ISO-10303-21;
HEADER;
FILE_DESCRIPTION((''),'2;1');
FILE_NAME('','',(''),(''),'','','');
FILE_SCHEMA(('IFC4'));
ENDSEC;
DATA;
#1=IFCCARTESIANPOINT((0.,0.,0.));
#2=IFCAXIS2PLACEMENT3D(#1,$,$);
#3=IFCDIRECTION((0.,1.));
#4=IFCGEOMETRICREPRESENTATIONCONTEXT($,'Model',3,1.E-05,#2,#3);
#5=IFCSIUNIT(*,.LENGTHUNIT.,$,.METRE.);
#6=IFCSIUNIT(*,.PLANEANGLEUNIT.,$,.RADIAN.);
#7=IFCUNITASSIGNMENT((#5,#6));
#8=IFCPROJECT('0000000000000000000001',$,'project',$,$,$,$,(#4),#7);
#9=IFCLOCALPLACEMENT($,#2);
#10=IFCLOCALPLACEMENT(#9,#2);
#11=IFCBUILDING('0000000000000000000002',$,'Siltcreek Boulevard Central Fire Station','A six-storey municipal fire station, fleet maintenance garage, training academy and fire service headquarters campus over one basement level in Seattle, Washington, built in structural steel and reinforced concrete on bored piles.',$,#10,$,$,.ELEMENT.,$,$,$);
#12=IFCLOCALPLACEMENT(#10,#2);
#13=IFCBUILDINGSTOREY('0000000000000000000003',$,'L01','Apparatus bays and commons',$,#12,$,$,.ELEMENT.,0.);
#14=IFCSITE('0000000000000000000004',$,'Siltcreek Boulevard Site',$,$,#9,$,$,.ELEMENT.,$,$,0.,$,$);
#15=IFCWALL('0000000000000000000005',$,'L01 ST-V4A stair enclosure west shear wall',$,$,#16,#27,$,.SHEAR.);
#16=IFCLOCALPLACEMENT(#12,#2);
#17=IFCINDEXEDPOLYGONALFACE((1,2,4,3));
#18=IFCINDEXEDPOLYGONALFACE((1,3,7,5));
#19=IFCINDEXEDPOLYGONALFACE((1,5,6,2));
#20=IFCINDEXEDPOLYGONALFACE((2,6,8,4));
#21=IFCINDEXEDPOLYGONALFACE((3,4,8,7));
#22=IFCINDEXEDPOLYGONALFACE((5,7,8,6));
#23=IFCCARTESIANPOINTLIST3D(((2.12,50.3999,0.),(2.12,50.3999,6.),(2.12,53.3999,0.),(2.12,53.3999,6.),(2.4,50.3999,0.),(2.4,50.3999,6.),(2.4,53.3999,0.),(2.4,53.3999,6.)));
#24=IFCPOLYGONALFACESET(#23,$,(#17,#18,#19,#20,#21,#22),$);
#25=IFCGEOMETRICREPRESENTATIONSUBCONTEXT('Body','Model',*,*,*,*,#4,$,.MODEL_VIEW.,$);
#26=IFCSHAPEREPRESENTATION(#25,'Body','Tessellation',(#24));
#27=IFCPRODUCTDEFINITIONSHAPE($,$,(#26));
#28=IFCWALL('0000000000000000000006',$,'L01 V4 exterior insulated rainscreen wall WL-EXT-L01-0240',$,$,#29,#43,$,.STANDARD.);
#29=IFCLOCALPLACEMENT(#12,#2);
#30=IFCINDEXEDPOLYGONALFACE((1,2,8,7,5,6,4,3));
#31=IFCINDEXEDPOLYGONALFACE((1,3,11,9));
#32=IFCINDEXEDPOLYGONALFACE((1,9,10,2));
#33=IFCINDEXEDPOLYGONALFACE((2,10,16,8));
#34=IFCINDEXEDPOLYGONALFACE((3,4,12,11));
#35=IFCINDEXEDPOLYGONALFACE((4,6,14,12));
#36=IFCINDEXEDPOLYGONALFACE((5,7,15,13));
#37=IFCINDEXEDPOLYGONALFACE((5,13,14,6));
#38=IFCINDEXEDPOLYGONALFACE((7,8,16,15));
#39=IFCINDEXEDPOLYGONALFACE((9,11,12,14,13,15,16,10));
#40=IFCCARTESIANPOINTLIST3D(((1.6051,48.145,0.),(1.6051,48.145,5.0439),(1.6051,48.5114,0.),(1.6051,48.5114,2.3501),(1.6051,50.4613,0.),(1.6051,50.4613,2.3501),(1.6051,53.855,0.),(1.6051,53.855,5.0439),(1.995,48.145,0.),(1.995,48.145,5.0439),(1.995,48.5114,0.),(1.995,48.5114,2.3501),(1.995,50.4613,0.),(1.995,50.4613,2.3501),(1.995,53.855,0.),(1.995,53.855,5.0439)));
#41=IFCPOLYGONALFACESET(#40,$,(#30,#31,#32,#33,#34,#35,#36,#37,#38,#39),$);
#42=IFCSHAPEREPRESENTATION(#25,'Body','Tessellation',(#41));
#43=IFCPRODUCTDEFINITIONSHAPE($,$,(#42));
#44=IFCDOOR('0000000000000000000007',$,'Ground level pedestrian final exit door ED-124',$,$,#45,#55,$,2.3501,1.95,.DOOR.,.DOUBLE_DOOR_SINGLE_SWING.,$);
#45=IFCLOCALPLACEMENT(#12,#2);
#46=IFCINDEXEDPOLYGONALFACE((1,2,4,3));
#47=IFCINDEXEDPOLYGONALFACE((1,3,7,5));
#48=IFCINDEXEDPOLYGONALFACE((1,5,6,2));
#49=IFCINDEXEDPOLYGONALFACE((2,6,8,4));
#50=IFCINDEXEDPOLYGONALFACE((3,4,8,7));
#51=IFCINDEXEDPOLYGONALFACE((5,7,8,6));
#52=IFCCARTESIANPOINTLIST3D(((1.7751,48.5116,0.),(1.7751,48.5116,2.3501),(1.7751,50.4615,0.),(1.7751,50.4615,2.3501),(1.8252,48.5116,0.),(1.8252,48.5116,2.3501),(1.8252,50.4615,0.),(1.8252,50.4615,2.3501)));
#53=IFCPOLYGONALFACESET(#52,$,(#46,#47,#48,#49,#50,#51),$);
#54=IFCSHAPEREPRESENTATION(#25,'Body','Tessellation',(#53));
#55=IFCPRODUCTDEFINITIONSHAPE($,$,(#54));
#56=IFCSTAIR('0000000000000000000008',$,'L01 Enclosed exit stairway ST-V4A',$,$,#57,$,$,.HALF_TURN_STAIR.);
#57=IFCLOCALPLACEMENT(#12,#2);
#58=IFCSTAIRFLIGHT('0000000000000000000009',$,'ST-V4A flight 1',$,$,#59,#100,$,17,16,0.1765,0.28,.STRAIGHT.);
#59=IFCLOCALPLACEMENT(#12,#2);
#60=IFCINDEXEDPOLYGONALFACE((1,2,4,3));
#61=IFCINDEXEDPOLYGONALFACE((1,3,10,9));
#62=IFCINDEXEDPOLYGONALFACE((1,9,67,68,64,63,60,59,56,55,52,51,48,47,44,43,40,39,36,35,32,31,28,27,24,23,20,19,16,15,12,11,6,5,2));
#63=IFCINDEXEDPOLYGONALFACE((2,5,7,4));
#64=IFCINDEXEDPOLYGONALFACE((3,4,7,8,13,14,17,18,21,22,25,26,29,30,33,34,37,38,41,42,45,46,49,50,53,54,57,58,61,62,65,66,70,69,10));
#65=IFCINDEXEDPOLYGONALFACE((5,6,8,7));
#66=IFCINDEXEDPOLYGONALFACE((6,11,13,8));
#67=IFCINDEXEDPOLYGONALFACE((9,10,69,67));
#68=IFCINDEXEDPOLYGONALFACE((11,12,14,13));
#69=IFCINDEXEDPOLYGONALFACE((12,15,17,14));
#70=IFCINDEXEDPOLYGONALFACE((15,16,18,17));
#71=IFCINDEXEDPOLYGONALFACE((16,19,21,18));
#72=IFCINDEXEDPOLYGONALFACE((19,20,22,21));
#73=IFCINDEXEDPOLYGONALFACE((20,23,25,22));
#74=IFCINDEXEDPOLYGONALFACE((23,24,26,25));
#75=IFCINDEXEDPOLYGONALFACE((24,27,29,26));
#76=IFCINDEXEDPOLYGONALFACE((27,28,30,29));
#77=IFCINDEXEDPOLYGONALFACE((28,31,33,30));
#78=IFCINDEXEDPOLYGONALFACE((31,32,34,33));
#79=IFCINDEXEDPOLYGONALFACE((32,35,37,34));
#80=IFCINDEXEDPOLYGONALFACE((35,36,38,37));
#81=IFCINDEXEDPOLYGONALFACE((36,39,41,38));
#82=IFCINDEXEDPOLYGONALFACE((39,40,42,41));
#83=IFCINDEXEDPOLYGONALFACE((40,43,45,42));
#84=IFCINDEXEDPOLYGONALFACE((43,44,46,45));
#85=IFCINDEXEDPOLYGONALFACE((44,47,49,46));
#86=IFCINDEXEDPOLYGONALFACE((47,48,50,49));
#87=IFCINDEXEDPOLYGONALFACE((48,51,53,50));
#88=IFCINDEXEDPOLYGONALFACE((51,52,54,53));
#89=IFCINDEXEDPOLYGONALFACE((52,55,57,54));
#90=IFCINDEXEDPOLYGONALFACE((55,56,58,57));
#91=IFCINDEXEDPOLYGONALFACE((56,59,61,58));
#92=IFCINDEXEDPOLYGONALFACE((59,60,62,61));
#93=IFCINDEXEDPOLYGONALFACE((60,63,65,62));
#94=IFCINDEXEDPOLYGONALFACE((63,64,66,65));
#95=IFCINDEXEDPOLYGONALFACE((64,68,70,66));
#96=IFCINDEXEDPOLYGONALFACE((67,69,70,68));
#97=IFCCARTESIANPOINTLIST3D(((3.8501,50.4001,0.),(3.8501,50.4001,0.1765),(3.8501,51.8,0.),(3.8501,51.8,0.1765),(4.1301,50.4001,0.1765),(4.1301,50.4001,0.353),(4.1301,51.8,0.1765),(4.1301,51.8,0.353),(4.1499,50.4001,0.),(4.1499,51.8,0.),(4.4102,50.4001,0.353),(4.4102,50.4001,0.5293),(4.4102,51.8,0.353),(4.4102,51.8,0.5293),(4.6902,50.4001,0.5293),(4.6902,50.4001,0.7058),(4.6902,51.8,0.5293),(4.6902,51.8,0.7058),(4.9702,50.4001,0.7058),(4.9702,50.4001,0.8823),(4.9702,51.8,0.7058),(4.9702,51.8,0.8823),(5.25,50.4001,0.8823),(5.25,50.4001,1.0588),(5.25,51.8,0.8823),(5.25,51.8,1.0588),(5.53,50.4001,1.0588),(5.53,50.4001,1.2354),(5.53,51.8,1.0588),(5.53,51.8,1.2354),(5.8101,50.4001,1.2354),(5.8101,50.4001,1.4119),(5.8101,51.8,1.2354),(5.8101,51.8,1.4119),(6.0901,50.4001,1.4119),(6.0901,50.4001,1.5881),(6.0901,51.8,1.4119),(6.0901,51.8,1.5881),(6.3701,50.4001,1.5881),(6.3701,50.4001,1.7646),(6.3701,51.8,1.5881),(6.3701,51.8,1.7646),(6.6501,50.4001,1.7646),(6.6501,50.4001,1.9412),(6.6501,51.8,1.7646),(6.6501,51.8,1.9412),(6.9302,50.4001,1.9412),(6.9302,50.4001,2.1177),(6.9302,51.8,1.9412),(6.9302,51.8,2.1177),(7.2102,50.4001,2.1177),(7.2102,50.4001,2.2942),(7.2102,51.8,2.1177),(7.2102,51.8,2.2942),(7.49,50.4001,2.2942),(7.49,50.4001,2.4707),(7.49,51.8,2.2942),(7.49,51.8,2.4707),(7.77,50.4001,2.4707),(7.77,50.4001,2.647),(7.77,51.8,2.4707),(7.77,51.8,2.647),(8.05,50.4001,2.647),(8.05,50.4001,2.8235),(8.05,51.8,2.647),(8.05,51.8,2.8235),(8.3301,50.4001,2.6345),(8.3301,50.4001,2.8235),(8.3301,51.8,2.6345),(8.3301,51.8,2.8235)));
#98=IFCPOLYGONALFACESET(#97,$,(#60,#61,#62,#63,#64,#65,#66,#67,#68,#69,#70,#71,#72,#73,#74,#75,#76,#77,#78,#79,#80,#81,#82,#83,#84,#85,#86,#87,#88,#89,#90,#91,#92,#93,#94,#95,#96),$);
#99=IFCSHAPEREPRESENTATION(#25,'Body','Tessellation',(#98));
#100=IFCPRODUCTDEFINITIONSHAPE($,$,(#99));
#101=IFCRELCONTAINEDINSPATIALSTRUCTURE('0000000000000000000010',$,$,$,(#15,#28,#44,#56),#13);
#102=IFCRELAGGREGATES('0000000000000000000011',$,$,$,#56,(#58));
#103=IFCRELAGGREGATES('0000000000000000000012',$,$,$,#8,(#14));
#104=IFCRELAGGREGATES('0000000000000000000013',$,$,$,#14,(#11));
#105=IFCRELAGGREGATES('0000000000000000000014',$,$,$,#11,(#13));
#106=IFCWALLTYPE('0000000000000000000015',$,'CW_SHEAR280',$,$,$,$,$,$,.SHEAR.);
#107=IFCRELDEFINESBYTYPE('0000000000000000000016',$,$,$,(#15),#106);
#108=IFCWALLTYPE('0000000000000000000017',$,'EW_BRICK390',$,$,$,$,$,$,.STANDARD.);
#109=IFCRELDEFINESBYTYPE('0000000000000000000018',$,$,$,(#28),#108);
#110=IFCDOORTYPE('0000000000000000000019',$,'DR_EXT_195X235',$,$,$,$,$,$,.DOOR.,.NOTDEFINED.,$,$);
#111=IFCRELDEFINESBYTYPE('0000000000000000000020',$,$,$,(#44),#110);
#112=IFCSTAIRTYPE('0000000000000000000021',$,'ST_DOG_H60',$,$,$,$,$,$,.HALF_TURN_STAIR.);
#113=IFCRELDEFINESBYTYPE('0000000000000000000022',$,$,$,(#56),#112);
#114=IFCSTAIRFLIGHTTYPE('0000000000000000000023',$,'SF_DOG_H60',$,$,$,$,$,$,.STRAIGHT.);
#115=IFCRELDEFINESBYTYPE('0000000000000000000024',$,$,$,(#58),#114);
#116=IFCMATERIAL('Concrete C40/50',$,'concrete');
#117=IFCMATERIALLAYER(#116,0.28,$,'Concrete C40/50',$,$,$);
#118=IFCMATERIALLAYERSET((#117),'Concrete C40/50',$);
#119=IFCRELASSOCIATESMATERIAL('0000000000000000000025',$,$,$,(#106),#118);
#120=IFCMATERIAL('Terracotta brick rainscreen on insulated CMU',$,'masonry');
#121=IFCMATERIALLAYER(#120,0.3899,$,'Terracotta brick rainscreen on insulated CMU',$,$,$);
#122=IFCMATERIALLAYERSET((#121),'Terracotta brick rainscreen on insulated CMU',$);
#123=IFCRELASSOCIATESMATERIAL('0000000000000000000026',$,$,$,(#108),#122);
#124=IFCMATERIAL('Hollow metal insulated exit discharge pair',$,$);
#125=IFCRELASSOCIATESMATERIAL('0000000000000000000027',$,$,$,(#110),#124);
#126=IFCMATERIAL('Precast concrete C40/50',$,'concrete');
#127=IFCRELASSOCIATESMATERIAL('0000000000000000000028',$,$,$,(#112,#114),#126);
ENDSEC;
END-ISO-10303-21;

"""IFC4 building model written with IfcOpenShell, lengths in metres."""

from ifc_helpers import new_model, si_unit, direction, frame, frame_2d, origin, place, context, subcontext, project, spatial, polyline, rectangle, outline, extrude, material, layer, layer_set, type_object, element, fill, aggregate, save


model = new_model("IFC4")

# Units and contexts
model_context = context("Model", 3, precision=1e-05, world=origin(), true_north=direction((0.0, 1.0)))
body_context = subcontext(model_context, "Body", "Model", "MODEL_VIEW")
ifc_project = project(units=[si_unit("LENGTHUNIT", "METRE"), si_unit("PLANEANGLEUNIT", "RADIAN")], contexts=[model_context])

# Site, building, storey
site_placement = place(None, origin())
site = spatial("IfcSite", under=ifc_project, at=site_placement, Name="Siltcreek Boulevard Site", CompositionType="ELEMENT", RefElevation=0.0)
building_placement = place(site_placement, origin())
building = spatial("IfcBuilding", under=site, at=building_placement, Name="Siltcreek Boulevard Central Fire Station", Description="A six-storey municipal fire station, fleet maintenance garage, training academy and fire service headquarters campus over one basement level in Seattle, Washington, built in structural steel and reinforced concrete on bored piles.", CompositionType="ELEMENT")
storey_placement = place(building_placement, origin())
storey = spatial("IfcBuildingStorey", under=building, at=storey_placement, Name="L01", Description="Apparatus bays and commons", CompositionType="ELEMENT", Elevation=0.0)

# Wall
ifc_material_1 = material(Name="Concrete C40/50", Category="concrete")
ifc_layer_1 = layer(ifc_material_1, 0.28, Name="Concrete C40/50")
ifc_layer_set_1 = layer_set([ifc_layer_1], Name="Concrete C40/50")
wall_type_1 = type_object("IfcWallType", Name="CW_SHEAR280", PredefinedType="SHEAR", material=ifc_layer_set_1)
wall_1_placement = place(storey_placement, frame((2.26, 53.3999, 0.0), z_axis=(0.0, 0.0, 1.0), x_axis=(0.0, -1.0, 0.0)))
element("IfcWall", 1, at=wall_1_placement, inside=storey, type_object=wall_type_1, Name="L01 ST-V4A stair enclosure west shear wall", PredefinedType="SHEAR", context=body_context, shape_type="SweptSolid", body=[
    extrude(rectangle(XDim=3.0, YDim=0.28, at=frame_2d((1.5, 0.0))), origin(), (0.0, 0.0, 1.0), 6.0),
])

# Wall, opening, door
ifc_material_2 = material(Name="Terracotta brick rainscreen on insulated CMU", Category="masonry")
ifc_layer_2 = layer(ifc_material_2, 0.3899, Name="Terracotta brick rainscreen on insulated CMU")
ifc_layer_set_2 = layer_set([ifc_layer_2], Name="Terracotta brick rainscreen on insulated CMU")
wall_type_2 = type_object("IfcWallType", Name="EW_BRICK390", PredefinedType="STANDARD", material=ifc_layer_set_2)
wall_2_placement = place(storey_placement, frame((1.8, 53.855, 0.0), z_axis=(0.0, 0.0, 1.0), x_axis=(0.0, -1.0, 0.0)))
wall_2 = element("IfcWall", 2, at=wall_2_placement, inside=storey, type_object=wall_type_2, Name="L01 V4 exterior insulated rainscreen wall WL-EXT-L01-0240", PredefinedType="STANDARD", context=body_context, shape_type="SweptSolid", body=[
    extrude(rectangle(XDim=5.71, YDim=0.3899, at=frame_2d((2.855, 0.0))), origin(), (0.0, 0.0, 1.0), 5.0439),
])
opening_placement = place(wall_2_placement, frame((3.3936, 0.0, 0.0)))
opening = element("IfcOpeningElement", 3, at=opening_placement, cuts=wall_2, PredefinedType="OPENING", context=body_context, shape_type="SweptSolid", body=[
    extrude(rectangle(XDim=1.95, YDim=2.3501, at=frame_2d((0.9751, 1.175))), frame((0.0, 0.2048, 0.0), z_axis=(0.0, -1.0, 0.0), x_axis=(1.0, 0.0, 0.0)), (0.0, 0.0, 1.0), 0.4099),
])
ifc_material_3 = material(Name="Hollow metal insulated exit discharge pair")
door_type = type_object("IfcDoorType", Name="DR_EXT_195X235", OperationType="NOTDEFINED", PredefinedType="DOOR", material=ifc_material_3)
door_placement = place(opening_placement, frame((1.95, 0.0, 0.0), z_axis=(0.0, 0.0, 1.0), x_axis=(-1.0, 0.0, 0.0)))
door = element("IfcDoor", 4, at=door_placement, inside=storey, type_object=door_type, Name="Ground level pedestrian final exit door ED-124", OperationType="DOUBLE_DOOR_SINGLE_SWING", OverallHeight=2.3501, OverallWidth=1.95, PredefinedType="DOOR", context=body_context, shape_type="SweptSolid", body=[
    extrude(rectangle(XDim=1.95, YDim=2.3501, at=frame_2d((0.9751, 1.175))), frame((0.0, 0.0249, 0.0), z_axis=(0.0, -1.0, 0.0), x_axis=(1.0, 0.0, 0.0)), (0.0, 0.0, 1.0), 0.05),
])
fill(opening, door)

# Stair, stair flight
ifc_material_4 = material(Name="Precast concrete C40/50", Category="concrete")
stair_type = type_object("IfcStairType", Name="ST_DOG_H60", PredefinedType="HALF_TURN_STAIR", material=ifc_material_4)
stair_placement = place(storey_placement, origin())
stair = element("IfcStair", 5, at=stair_placement, inside=storey, type_object=stair_type, Name="L01 Enclosed exit stairway ST-V4A", PredefinedType="HALF_TURN_STAIR")
stair_flight_type = type_object("IfcStairFlightType", Name="SF_DOG_H60", PredefinedType="STRAIGHT", material=ifc_material_4)
stair_flight_placement = place(storey_placement, frame((3.8501, 51.1001, 0.0), z_axis=(0.0, 0.0, 1.0), x_axis=(1.0, 0.0, 0.0)))
stair_flight = element("IfcStairFlight", 6, at=stair_flight_placement, type_object=stair_flight_type, Name="ST-V4A flight 1", NumberOfRisers=17, NumberOfTreads=16, PredefinedType="STRAIGHT", RiserHeight=0.1765, TreadLength=0.28, context=body_context, shape_type="SweptSolid", body=[
    extrude(outline(polyline([(0.0, 0.0), (0.0, 0.1765), (0.28, 0.1765), (0.28, 0.353), (0.5601, 0.353), (0.5601, 0.5293), (0.8401, 0.5293), (0.8401, 0.7058), (1.1201, 0.7058), (1.1201, 0.8823), (1.3999, 0.8823), (1.3999, 1.0588), (1.6799, 1.0588), (1.6799, 1.2354), (1.96, 1.2354), (1.96, 1.4119), (2.24, 1.4119), (2.24, 1.5881), (2.52, 1.5881), (2.52, 1.7646), (2.8, 1.7646), (2.8, 1.9412), (3.0801, 1.9412), (3.0801, 2.1177), (3.3601, 2.1177), (3.3601, 2.2942), (3.6399, 2.2942), (3.6399, 2.4707), (3.9199, 2.4707), (3.9199, 2.647), (4.2, 2.647), (4.2, 2.8235), (4.48, 2.8235), (4.48, 3.0), (4.48, 2.6345), (0.2998, 0.0), (0.0, 0.0)])), frame((0.0, 0.7, 0.0), z_axis=(0.0, -1.0, 0.0), x_axis=(1.0, 0.0, 0.0)), (0.0, 0.0, 1.0), 1.3999),
])
aggregate(stair, [stair_flight])

save(model, "model.ifc")
